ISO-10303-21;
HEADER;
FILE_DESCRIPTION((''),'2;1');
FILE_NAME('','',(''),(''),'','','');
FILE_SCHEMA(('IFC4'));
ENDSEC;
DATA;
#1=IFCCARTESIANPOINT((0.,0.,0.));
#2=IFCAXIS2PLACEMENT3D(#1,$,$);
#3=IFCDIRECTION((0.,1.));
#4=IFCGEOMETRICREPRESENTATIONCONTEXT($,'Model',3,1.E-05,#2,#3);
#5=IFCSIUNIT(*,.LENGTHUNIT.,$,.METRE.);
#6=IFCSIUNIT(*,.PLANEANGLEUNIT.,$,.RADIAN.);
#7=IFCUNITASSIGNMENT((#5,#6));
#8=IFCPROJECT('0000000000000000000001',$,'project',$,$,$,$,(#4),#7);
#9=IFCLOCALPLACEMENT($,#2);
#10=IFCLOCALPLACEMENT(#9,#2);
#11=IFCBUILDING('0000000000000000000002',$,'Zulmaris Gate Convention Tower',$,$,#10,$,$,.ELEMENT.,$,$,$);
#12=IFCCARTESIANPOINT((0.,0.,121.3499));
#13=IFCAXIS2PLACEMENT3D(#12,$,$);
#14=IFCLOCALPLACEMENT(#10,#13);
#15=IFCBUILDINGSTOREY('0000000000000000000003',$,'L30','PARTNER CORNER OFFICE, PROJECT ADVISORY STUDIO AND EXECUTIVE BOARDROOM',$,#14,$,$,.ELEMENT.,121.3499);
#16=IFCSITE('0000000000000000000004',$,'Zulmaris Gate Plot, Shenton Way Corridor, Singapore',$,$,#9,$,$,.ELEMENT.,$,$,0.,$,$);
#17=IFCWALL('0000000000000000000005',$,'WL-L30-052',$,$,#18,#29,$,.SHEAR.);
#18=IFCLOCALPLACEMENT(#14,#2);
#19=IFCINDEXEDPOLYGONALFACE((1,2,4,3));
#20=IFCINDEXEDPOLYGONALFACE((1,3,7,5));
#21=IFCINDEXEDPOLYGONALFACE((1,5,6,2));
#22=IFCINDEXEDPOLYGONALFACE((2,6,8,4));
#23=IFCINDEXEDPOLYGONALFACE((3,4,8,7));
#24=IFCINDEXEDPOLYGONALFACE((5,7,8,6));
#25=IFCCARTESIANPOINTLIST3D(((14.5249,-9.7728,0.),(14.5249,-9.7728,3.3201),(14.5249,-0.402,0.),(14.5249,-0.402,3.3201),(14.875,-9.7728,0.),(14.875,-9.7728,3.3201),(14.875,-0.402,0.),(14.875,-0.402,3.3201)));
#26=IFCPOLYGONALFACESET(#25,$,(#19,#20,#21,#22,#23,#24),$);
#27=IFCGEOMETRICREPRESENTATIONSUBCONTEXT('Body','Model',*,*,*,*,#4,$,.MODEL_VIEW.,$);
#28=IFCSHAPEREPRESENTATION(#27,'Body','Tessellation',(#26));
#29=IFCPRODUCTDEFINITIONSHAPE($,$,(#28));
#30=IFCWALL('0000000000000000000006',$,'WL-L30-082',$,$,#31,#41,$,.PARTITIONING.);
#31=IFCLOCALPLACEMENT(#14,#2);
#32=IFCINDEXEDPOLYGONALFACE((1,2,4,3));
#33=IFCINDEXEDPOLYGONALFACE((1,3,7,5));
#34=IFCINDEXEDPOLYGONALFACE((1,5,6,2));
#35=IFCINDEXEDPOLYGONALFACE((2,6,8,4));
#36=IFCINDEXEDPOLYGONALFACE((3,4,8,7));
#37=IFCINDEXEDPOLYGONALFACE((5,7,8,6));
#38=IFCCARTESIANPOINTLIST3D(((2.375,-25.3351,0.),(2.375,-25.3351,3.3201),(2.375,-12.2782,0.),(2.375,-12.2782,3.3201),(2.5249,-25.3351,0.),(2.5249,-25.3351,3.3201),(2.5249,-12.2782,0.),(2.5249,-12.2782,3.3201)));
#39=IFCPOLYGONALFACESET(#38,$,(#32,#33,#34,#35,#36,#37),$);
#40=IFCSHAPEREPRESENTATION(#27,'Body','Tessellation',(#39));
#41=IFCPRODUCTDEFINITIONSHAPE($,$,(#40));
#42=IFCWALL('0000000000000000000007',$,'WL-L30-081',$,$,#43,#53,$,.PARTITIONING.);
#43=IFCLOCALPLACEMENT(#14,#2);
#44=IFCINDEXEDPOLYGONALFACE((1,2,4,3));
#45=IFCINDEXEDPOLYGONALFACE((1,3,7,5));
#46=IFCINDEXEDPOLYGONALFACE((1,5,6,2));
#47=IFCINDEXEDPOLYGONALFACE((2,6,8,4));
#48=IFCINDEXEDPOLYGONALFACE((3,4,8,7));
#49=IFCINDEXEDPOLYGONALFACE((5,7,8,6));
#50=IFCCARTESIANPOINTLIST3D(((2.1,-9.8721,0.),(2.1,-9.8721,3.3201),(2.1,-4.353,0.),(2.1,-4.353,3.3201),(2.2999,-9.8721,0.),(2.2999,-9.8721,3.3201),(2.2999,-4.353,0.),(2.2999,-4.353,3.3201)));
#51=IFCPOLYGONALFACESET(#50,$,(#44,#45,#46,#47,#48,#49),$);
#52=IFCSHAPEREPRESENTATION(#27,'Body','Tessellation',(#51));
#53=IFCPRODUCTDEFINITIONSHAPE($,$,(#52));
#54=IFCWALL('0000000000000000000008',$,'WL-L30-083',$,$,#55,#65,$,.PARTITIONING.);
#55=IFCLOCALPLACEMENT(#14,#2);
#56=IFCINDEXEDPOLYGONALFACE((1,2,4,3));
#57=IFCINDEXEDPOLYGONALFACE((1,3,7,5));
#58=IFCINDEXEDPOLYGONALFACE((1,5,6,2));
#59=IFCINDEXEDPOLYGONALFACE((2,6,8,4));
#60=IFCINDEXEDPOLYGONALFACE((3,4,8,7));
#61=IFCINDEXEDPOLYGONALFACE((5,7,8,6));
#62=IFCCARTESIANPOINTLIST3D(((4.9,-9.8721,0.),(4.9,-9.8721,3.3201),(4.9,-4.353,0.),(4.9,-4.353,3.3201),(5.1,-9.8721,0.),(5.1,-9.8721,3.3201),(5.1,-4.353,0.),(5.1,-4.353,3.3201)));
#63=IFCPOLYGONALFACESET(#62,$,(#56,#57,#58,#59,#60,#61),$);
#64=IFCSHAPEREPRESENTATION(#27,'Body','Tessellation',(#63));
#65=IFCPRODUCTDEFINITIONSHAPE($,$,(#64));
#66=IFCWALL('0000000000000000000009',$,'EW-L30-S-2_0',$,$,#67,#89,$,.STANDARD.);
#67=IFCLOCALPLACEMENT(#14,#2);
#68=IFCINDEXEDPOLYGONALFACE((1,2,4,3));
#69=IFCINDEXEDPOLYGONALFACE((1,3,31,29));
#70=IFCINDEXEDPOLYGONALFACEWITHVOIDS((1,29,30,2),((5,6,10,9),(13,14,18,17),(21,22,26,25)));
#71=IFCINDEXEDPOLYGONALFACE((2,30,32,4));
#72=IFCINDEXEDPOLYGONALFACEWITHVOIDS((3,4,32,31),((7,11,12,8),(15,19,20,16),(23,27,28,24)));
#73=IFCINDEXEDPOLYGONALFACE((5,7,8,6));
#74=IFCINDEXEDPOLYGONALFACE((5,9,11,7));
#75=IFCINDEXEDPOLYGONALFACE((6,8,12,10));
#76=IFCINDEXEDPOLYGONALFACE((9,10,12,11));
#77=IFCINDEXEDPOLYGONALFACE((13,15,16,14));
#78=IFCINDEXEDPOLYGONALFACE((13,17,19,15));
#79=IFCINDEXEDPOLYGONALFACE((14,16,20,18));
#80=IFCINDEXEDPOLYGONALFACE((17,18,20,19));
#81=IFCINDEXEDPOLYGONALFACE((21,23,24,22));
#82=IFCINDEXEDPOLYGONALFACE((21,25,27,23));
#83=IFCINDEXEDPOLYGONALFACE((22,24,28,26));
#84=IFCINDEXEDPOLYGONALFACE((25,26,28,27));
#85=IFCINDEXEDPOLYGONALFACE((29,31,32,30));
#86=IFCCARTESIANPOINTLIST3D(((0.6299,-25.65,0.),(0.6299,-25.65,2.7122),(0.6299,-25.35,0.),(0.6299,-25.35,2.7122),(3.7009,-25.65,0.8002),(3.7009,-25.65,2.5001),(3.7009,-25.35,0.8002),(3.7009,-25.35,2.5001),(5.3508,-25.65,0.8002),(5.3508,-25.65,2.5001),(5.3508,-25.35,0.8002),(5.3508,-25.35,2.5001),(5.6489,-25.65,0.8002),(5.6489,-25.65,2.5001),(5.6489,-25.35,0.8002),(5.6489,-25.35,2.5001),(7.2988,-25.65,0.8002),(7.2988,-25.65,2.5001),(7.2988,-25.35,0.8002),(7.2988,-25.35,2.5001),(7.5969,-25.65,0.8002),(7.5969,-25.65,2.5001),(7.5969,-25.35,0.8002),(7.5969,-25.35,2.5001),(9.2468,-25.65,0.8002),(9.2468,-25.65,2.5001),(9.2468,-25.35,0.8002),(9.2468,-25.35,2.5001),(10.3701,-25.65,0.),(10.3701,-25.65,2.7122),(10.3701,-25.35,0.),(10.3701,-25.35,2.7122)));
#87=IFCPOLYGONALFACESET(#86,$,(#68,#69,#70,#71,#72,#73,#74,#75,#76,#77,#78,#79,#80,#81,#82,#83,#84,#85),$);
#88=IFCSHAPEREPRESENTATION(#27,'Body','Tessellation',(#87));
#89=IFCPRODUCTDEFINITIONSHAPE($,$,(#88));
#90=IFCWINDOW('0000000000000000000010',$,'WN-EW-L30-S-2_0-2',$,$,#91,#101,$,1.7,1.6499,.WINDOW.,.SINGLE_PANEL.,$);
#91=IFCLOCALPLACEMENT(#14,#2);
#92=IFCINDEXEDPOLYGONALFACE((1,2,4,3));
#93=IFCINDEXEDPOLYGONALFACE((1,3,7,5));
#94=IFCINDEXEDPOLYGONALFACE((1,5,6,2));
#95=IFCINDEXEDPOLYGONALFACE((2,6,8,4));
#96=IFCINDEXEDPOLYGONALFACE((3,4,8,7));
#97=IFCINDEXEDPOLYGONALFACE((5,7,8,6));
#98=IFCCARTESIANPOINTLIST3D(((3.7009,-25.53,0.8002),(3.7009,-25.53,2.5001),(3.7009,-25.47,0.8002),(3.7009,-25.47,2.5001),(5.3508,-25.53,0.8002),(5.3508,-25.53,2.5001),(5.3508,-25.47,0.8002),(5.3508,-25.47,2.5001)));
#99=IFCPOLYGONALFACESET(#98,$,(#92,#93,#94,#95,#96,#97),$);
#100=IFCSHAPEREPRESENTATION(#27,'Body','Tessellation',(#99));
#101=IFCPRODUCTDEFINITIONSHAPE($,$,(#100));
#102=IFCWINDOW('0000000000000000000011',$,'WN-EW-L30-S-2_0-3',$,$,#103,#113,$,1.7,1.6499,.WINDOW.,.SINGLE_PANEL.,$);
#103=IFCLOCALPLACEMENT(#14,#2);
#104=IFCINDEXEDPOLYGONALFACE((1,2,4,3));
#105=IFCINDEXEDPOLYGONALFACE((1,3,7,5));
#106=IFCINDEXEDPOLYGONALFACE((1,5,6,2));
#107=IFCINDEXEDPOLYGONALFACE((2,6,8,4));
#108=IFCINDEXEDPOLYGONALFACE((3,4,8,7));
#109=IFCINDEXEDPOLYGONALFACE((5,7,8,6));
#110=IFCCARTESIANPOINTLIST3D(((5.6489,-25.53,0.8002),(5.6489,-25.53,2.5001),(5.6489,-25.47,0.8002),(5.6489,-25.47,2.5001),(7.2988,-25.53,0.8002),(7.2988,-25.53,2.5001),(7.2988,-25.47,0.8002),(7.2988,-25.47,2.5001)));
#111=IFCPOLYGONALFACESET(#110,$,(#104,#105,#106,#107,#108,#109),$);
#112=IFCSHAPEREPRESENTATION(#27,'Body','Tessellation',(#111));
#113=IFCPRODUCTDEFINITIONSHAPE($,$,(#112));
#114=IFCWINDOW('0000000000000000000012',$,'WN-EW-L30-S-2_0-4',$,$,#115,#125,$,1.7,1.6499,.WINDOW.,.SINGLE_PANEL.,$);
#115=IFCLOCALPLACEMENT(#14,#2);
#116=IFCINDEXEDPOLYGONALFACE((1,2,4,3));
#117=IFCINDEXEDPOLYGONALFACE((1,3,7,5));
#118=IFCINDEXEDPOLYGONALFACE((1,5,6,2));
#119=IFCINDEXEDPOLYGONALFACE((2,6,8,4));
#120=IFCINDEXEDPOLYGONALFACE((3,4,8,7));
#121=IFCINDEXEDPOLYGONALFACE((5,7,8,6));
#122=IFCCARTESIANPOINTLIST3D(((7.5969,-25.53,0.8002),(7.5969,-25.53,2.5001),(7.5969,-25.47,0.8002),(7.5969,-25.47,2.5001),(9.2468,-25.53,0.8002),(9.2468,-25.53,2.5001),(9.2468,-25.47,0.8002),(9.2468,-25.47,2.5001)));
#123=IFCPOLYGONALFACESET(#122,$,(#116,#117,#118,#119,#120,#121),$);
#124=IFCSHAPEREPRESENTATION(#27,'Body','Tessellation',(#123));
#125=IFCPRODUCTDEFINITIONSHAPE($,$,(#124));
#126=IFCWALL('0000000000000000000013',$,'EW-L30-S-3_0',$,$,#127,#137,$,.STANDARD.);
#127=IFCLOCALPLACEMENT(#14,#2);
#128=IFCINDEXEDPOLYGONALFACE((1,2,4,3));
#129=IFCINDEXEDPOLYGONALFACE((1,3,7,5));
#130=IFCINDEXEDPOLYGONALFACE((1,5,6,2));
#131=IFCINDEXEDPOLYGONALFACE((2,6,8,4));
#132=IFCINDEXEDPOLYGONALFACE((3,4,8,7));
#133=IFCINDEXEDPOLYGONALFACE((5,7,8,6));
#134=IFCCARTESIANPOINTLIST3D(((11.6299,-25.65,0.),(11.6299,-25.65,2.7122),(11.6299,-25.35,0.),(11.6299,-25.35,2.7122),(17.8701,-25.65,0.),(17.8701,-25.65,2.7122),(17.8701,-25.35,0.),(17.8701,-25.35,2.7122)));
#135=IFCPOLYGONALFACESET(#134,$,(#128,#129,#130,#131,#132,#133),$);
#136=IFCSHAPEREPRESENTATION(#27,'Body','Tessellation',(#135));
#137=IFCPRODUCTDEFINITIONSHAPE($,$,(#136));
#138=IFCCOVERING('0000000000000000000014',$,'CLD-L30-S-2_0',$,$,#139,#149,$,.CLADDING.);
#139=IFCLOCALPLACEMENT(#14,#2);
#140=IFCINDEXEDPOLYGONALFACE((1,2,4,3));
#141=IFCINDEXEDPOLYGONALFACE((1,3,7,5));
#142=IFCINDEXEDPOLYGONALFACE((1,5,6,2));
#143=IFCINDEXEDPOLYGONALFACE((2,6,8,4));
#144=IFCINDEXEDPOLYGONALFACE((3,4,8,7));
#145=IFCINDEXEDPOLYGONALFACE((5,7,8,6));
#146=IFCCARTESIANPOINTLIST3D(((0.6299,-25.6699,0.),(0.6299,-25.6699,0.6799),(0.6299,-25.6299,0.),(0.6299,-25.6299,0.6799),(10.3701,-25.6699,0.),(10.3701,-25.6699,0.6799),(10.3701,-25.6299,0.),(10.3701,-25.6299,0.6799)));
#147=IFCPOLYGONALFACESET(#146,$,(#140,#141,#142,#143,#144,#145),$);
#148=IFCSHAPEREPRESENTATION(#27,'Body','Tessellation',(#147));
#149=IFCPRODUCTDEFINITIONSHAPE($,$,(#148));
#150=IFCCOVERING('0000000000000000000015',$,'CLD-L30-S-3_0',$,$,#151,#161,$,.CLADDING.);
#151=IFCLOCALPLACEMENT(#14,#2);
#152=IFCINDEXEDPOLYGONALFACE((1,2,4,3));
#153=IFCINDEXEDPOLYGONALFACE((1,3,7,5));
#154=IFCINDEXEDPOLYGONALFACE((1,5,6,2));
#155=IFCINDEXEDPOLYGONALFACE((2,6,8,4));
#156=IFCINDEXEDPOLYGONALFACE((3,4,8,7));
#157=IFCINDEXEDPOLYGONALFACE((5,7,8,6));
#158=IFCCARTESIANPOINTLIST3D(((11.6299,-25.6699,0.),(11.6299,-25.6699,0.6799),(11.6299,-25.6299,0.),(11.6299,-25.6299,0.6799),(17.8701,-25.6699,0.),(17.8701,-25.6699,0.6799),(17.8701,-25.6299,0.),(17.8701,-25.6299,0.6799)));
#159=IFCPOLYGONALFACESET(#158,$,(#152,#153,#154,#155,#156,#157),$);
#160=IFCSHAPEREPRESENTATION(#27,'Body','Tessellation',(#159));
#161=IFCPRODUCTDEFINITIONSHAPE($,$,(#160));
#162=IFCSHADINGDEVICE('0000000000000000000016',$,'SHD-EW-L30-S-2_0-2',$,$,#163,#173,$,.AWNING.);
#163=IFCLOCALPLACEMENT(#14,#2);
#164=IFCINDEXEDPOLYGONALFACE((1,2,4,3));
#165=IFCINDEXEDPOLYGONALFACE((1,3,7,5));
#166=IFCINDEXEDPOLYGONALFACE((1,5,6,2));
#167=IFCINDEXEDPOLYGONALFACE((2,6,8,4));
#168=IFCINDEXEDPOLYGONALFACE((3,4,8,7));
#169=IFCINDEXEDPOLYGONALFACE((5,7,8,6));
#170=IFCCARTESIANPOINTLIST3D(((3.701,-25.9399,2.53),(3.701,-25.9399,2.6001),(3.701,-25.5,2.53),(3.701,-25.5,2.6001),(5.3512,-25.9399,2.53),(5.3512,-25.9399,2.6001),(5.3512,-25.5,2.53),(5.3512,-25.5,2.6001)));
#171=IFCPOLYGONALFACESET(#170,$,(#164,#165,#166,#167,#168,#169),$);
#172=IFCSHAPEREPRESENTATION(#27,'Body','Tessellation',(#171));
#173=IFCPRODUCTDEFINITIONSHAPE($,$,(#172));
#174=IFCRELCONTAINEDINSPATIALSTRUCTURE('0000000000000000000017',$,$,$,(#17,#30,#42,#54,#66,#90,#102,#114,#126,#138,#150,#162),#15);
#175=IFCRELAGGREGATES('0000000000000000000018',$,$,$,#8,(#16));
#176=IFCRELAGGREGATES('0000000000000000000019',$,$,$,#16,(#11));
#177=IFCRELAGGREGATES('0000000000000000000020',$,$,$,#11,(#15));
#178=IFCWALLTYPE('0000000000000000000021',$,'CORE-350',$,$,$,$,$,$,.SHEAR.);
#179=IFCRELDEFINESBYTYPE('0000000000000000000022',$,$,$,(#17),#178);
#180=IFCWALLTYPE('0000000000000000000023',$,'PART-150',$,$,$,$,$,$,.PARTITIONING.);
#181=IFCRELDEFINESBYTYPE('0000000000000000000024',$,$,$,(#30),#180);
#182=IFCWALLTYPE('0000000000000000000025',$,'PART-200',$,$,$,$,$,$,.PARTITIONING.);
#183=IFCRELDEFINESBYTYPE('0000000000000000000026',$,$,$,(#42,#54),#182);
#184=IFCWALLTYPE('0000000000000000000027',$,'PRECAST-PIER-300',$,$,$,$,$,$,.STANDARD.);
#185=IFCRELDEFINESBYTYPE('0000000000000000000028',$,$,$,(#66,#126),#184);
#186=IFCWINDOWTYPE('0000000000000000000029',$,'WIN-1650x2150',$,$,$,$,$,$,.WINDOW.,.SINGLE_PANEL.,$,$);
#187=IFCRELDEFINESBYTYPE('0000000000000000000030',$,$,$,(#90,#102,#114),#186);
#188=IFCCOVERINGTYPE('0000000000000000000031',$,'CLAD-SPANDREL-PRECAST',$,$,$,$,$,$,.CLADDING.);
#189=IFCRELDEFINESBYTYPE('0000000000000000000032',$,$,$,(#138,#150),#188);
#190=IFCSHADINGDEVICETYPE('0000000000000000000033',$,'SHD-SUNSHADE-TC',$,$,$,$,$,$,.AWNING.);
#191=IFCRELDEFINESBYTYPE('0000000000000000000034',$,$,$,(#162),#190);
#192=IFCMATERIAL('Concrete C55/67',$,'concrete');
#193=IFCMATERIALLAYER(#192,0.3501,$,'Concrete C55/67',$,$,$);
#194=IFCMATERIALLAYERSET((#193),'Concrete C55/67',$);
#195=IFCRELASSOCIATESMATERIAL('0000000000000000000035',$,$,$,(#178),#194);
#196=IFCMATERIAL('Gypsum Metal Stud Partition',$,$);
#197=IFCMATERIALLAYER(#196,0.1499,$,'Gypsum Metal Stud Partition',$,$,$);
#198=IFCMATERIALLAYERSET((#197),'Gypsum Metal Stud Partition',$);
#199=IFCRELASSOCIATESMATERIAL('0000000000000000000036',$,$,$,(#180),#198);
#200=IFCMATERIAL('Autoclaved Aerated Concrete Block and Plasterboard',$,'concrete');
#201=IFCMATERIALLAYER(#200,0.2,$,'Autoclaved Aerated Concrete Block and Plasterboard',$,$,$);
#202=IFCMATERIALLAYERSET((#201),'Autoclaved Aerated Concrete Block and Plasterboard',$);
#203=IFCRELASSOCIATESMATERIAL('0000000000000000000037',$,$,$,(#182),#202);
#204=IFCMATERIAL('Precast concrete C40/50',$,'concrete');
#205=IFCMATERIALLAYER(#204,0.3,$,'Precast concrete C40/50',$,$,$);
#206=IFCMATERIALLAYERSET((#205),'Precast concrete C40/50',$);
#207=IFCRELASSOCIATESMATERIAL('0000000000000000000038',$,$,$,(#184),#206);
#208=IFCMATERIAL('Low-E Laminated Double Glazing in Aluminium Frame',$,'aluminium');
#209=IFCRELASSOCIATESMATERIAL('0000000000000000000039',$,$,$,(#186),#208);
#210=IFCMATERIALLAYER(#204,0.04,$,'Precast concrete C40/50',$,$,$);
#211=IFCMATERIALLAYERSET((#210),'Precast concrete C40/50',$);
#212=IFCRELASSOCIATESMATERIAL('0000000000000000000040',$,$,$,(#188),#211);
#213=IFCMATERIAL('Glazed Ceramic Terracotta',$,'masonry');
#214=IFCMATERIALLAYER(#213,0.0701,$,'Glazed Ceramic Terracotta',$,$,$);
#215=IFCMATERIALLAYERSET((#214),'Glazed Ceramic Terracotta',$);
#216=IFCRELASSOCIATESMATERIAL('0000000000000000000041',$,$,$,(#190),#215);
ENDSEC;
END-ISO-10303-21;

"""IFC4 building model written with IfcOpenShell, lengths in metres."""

from ifc_helpers import new_model, si_unit, direction, frame, frame_2d, origin, place, context, subcontext, project, spatial, rectangle, extrude, material, layer, layer_set, type_object, element, fill, save


model = new_model("IFC4")

# Units and contexts
model_context = context("Model", 3, precision=1e-05, world=origin(), true_north=direction((0.0, 1.0)))
body_context = subcontext(model_context, "Body", "Model", "MODEL_VIEW")
ifc_project = project(units=[si_unit("LENGTHUNIT", "METRE"), si_unit("PLANEANGLEUNIT", "RADIAN")], contexts=[model_context])

# Site, building, storey
site_placement = place(None, origin())
site = spatial("IfcSite", under=ifc_project, at=site_placement, Name="Zulmaris Gate Plot, Shenton Way Corridor, Singapore", CompositionType="ELEMENT", RefElevation=0.0)
building_placement = place(site_placement, origin())
building = spatial("IfcBuilding", under=site, at=building_placement, Name="Zulmaris Gate Convention Tower", CompositionType="ELEMENT")
storey_placement = place(building_placement, frame((0.0, 0.0, 121.3499)))
storey = spatial("IfcBuildingStorey", under=building, at=storey_placement, Name="L30", Description="PARTNER CORNER OFFICE, PROJECT ADVISORY STUDIO AND EXECUTIVE BOARDROOM", CompositionType="ELEMENT", Elevation=121.3499)

# Shared definitions
ifc_material_1 = material(Name="Concrete C55/67", Category="concrete")
ifc_layer_1 = layer(ifc_material_1, 0.3501, Name="Concrete C55/67")
ifc_layer_set_1 = layer_set([ifc_layer_1], Name="Concrete C55/67")
wall_type_1 = type_object("IfcWallType", Name="CORE-350", PredefinedType="SHEAR", material=ifc_layer_set_1)

# Walls
wall_1_placement = place(storey_placement, frame((14.7, -9.7729, 0.0), z_axis=(0.0, 0.0, 1.0), x_axis=(0.0, 1.0, 0.0)))
element("IfcWall", 1, at=wall_1_placement, inside=storey, type_object=wall_type_1, Name="WL-L30-052", PredefinedType="SHEAR", context=body_context, shape_type="SweptSolid", body=[
    extrude(rectangle(XDim=9.3708, YDim=0.3501, at=frame_2d((4.6855, 0.0))), origin(), (0.0, 0.0, 1.0), 3.3201),
])
ifc_material_2 = material(Name="Gypsum Metal Stud Partition")
ifc_layer_2 = layer(ifc_material_2, 0.1499, Name="Gypsum Metal Stud Partition")
ifc_layer_set_2 = layer_set([ifc_layer_2], Name="Gypsum Metal Stud Partition")
wall_type_2 = type_object("IfcWallType", Name="PART-150", PredefinedType="PARTITIONING", material=ifc_layer_set_2)
wall_2_placement = place(storey_placement, frame((2.45, -25.335, 0.0), z_axis=(0.0, 0.0, 1.0), x_axis=(0.0, 1.0, 0.0)))
element("IfcWall", 2, at=wall_2_placement, inside=storey, type_object=wall_type_2, Name="WL-L30-082", PredefinedType="PARTITIONING", context=body_context, shape_type="SweptSolid", body=[
    extrude(rectangle(XDim=13.0569, YDim=0.1499, at=frame_2d((6.5283, 0.0))), origin(), (0.0, 0.0, 1.0), 3.3201),
])
ifc_material_3 = material(Name="Autoclaved Aerated Concrete Block and Plasterboard", Category="concrete")
ifc_layer_3 = layer(ifc_material_3, 0.2, Name="Autoclaved Aerated Concrete Block and Plasterboard")
ifc_layer_set_3 = layer_set([ifc_layer_3], Name="Autoclaved Aerated Concrete Block and Plasterboard")
wall_type_3 = type_object("IfcWallType", Name="PART-200", PredefinedType="PARTITIONING", material=ifc_layer_set_3)
for number, where, z_axis, x_axis, name in (
    (3, (2.2, -9.8721, 0.0), (0.0, 0.0, 1.0), (0.0, 1.0, 0.0), "WL-L30-081"),
    (4, (5.0, -9.8721, 0.0), (0.0, 0.0, 1.0), (0.0, 1.0, 0.0), "WL-L30-083"),
):
    element("IfcWall", number, at=place(storey_placement, frame(where, z_axis=z_axis, x_axis=x_axis)), inside=storey, type_object=wall_type_3, Name=name, PredefinedType="PARTITIONING", context=body_context, shape_type="SweptSolid", body=[
        extrude(rectangle(XDim=5.519, YDim=0.2, at=frame_2d((2.7595, 0.0))), origin(), (0.0, 0.0, 1.0), 3.3201),
    ])

# Wall, openings, windows
ifc_material_4 = material(Name="Precast concrete C40/50", Category="concrete")
ifc_layer_4 = layer(ifc_material_4, 0.3, Name="Precast concrete C40/50")
ifc_layer_set_4 = layer_set([ifc_layer_4], Name="Precast concrete C40/50")
wall_type_4 = type_object("IfcWallType", Name="PRECAST-PIER-300", PredefinedType="STANDARD", material=ifc_layer_set_4)
wall_3_placement = place(storey_placement, frame((0.6299, -25.5, 0.0), z_axis=(0.0, 0.0, 1.0), x_axis=(1.0, 0.0, 0.0)))
wall_3 = element("IfcWall", 5, at=wall_3_placement, inside=storey, type_object=wall_type_4, Name="EW-L30-S-2_0", PredefinedType="STANDARD", context=body_context, shape_type="SweptSolid", body=[
    extrude(rectangle(XDim=9.7402, YDim=0.3, at=frame_2d((4.8701, 0.0))), origin(), (0.0, 0.0, 1.0), 2.7122),
])
opening_1_placement = place(wall_3_placement, frame((3.071, 0.0, 0.8)))
opening_1 = element("IfcOpeningElement", 6, at=opening_1_placement, cuts=wall_3, PredefinedType="OPENING", context=body_context, shape_type="SweptSolid", body=[
    extrude(rectangle(XDim=1.6499, YDim=1.7, at=frame_2d((0.825, 0.8501))), frame((0.0, 0.1602, 0.0), z_axis=(0.0, -1.0, 0.0), x_axis=(1.0, 0.0, 0.0)), (0.0, 0.0, 1.0), 0.3201),
])
opening_2_placement = place(wall_3_placement, frame((5.019, 0.0, 0.8)))
opening_2 = element("IfcOpeningElement", 7, at=opening_2_placement, cuts=wall_3, PredefinedType="OPENING", context=body_context, shape_type="SweptSolid", body=[
    extrude(rectangle(XDim=1.6499, YDim=1.7, at=frame_2d((0.825, 0.8501))), frame((0.0, 0.1602, 0.0), z_axis=(0.0, -1.0, 0.0), x_axis=(1.0, 0.0, 0.0)), (0.0, 0.0, 1.0), 0.3201),
])
opening_3_placement = place(wall_3_placement, frame((6.967, 0.0, 0.8)))
opening_3 = element("IfcOpeningElement", 8, at=opening_3_placement, cuts=wall_3, PredefinedType="OPENING", context=body_context, shape_type="SweptSolid", body=[
    extrude(rectangle(XDim=1.6499, YDim=1.7, at=frame_2d((0.825, 0.8501))), frame((0.0, 0.1602, 0.0), z_axis=(0.0, -1.0, 0.0), x_axis=(1.0, 0.0, 0.0)), (0.0, 0.0, 1.0), 0.3201),
])
ifc_material_5 = material(Name="Low-E Laminated Double Glazing in Aluminium Frame", Category="aluminium")
window_type = type_object("IfcWindowType", Name="WIN-1650x2150", PartitioningType="SINGLE_PANEL", PredefinedType="WINDOW", material=ifc_material_5)
window_1_placement = place(opening_1_placement, origin())
window_1 = element("IfcWindow", 9, at=window_1_placement, inside=storey, type_object=window_type, Name="WN-EW-L30-S-2_0-2", OverallHeight=1.7, OverallWidth=1.6499, PartitioningType="SINGLE_PANEL", PredefinedType="WINDOW", context=body_context, shape_type="SweptSolid", body=[
    extrude(rectangle(XDim=1.6499, YDim=1.7, at=frame_2d((0.825, 0.8501))), frame((0.0, 0.03, 0.0), z_axis=(0.0, -1.0, 0.0), x_axis=(1.0, 0.0, 0.0)), (0.0, 0.0, 1.0), 0.0601),
])
fill(opening_1, window_1)
window_2_placement = place(opening_2_placement, origin())
window_2 = element("IfcWindow", 10, at=window_2_placement, inside=storey, type_object=window_type, Name="WN-EW-L30-S-2_0-3", OverallHeight=1.7, OverallWidth=1.6499, PartitioningType="SINGLE_PANEL", PredefinedType="WINDOW", context=body_context, shape_type="SweptSolid", body=[
    extrude(rectangle(XDim=1.6499, YDim=1.7, at=frame_2d((0.825, 0.8501))), frame((0.0, 0.03, 0.0), z_axis=(0.0, -1.0, 0.0), x_axis=(1.0, 0.0, 0.0)), (0.0, 0.0, 1.0), 0.0601),
])
fill(opening_2, window_2)
window_3_placement = place(opening_3_placement, origin())
window_3 = element("IfcWindow", 11, at=window_3_placement, inside=storey, type_object=window_type, Name="WN-EW-L30-S-2_0-4", OverallHeight=1.7, OverallWidth=1.6499, PartitioningType="SINGLE_PANEL", PredefinedType="WINDOW", context=body_context, shape_type="SweptSolid", body=[
    extrude(rectangle(XDim=1.6499, YDim=1.7, at=frame_2d((0.825, 0.8501))), frame((0.0, 0.03, 0.0), z_axis=(0.0, -1.0, 0.0), x_axis=(1.0, 0.0, 0.0)), (0.0, 0.0, 1.0), 0.0601),
])
fill(opening_3, window_3)

# Wall
wall_4_placement = place(storey_placement, frame((11.6299, -25.5, 0.0), z_axis=(0.0, 0.0, 1.0), x_axis=(1.0, 0.0, 0.0)))
element("IfcWall", 12, at=wall_4_placement, inside=storey, type_object=wall_type_4, Name="EW-L30-S-3_0", PredefinedType="STANDARD", context=body_context, shape_type="SweptSolid", body=[
    extrude(rectangle(XDim=6.2402, YDim=0.3, at=frame_2d((3.1201, 0.0))), origin(), (0.0, 0.0, 1.0), 2.7122),
])

# Coverings
ifc_layer_5 = layer(ifc_material_4, 0.04, Name="Precast concrete C40/50")
ifc_layer_set_5 = layer_set([ifc_layer_5], Name="Precast concrete C40/50")
covering_type = type_object("IfcCoveringType", Name="CLAD-SPANDREL-PRECAST", PredefinedType="CLADDING", material=ifc_layer_set_5)
covering_1_placement = place(storey_placement, frame((0.6299, -25.6499, 0.0), z_axis=(0.0, 0.0, 1.0), x_axis=(1.0, 0.0, 0.0)))
element("IfcCovering", 13, at=covering_1_placement, inside=storey, type_object=covering_type, Name="CLD-L30-S-2_0", PredefinedType="CLADDING", context=body_context, shape_type="SweptSolid", body=[
    extrude(rectangle(XDim=9.7402, YDim=0.04, at=frame_2d((4.8701, 0.0))), origin(), (0.0, 0.0, 1.0), 0.6799),
])
covering_2_placement = place(storey_placement, frame((11.6299, -25.6499, 0.0), z_axis=(0.0, 0.0, 1.0), x_axis=(1.0, 0.0, 0.0)))
element("IfcCovering", 14, at=covering_2_placement, inside=storey, type_object=covering_type, Name="CLD-L30-S-3_0", PredefinedType="CLADDING", context=body_context, shape_type="SweptSolid", body=[
    extrude(rectangle(XDim=6.2402, YDim=0.04, at=frame_2d((3.1201, 0.0))), origin(), (0.0, 0.0, 1.0), 0.6799),
])

# Shading device
ifc_material_6 = material(Name="Glazed Ceramic Terracotta", Category="masonry")
ifc_layer_6 = layer(ifc_material_6, 0.0701, Name="Glazed Ceramic Terracotta")
ifc_layer_set_6 = layer_set([ifc_layer_6], Name="Glazed Ceramic Terracotta")
shading_device_type = type_object("IfcShadingDeviceType", Name="SHD-SUNSHADE-TC", PredefinedType="AWNING", material=ifc_layer_set_6)
for number, where, z_axis, x_axis, name in (
    (15, (3.7009, -25.72, 2.53), (0.0, 0.0, 1.0), (1.0, 0.0, 0.0), "SHD-EW-L30-S-2_0-2"),
):
    element("IfcShadingDevice", number, at=place(storey_placement, frame(where, z_axis=z_axis, x_axis=x_axis)), inside=storey, type_object=shading_device_type, Name=name, PredefinedType="AWNING", context=body_context, shape_type="SweptSolid", body=[
        extrude(rectangle(XDim=1.6501, YDim=0.4399, at=frame_2d((0.8252, 0.0))), origin(), (0.0, 0.0, 1.0), 0.0701),
    ])

save(model, "model.ifc")
